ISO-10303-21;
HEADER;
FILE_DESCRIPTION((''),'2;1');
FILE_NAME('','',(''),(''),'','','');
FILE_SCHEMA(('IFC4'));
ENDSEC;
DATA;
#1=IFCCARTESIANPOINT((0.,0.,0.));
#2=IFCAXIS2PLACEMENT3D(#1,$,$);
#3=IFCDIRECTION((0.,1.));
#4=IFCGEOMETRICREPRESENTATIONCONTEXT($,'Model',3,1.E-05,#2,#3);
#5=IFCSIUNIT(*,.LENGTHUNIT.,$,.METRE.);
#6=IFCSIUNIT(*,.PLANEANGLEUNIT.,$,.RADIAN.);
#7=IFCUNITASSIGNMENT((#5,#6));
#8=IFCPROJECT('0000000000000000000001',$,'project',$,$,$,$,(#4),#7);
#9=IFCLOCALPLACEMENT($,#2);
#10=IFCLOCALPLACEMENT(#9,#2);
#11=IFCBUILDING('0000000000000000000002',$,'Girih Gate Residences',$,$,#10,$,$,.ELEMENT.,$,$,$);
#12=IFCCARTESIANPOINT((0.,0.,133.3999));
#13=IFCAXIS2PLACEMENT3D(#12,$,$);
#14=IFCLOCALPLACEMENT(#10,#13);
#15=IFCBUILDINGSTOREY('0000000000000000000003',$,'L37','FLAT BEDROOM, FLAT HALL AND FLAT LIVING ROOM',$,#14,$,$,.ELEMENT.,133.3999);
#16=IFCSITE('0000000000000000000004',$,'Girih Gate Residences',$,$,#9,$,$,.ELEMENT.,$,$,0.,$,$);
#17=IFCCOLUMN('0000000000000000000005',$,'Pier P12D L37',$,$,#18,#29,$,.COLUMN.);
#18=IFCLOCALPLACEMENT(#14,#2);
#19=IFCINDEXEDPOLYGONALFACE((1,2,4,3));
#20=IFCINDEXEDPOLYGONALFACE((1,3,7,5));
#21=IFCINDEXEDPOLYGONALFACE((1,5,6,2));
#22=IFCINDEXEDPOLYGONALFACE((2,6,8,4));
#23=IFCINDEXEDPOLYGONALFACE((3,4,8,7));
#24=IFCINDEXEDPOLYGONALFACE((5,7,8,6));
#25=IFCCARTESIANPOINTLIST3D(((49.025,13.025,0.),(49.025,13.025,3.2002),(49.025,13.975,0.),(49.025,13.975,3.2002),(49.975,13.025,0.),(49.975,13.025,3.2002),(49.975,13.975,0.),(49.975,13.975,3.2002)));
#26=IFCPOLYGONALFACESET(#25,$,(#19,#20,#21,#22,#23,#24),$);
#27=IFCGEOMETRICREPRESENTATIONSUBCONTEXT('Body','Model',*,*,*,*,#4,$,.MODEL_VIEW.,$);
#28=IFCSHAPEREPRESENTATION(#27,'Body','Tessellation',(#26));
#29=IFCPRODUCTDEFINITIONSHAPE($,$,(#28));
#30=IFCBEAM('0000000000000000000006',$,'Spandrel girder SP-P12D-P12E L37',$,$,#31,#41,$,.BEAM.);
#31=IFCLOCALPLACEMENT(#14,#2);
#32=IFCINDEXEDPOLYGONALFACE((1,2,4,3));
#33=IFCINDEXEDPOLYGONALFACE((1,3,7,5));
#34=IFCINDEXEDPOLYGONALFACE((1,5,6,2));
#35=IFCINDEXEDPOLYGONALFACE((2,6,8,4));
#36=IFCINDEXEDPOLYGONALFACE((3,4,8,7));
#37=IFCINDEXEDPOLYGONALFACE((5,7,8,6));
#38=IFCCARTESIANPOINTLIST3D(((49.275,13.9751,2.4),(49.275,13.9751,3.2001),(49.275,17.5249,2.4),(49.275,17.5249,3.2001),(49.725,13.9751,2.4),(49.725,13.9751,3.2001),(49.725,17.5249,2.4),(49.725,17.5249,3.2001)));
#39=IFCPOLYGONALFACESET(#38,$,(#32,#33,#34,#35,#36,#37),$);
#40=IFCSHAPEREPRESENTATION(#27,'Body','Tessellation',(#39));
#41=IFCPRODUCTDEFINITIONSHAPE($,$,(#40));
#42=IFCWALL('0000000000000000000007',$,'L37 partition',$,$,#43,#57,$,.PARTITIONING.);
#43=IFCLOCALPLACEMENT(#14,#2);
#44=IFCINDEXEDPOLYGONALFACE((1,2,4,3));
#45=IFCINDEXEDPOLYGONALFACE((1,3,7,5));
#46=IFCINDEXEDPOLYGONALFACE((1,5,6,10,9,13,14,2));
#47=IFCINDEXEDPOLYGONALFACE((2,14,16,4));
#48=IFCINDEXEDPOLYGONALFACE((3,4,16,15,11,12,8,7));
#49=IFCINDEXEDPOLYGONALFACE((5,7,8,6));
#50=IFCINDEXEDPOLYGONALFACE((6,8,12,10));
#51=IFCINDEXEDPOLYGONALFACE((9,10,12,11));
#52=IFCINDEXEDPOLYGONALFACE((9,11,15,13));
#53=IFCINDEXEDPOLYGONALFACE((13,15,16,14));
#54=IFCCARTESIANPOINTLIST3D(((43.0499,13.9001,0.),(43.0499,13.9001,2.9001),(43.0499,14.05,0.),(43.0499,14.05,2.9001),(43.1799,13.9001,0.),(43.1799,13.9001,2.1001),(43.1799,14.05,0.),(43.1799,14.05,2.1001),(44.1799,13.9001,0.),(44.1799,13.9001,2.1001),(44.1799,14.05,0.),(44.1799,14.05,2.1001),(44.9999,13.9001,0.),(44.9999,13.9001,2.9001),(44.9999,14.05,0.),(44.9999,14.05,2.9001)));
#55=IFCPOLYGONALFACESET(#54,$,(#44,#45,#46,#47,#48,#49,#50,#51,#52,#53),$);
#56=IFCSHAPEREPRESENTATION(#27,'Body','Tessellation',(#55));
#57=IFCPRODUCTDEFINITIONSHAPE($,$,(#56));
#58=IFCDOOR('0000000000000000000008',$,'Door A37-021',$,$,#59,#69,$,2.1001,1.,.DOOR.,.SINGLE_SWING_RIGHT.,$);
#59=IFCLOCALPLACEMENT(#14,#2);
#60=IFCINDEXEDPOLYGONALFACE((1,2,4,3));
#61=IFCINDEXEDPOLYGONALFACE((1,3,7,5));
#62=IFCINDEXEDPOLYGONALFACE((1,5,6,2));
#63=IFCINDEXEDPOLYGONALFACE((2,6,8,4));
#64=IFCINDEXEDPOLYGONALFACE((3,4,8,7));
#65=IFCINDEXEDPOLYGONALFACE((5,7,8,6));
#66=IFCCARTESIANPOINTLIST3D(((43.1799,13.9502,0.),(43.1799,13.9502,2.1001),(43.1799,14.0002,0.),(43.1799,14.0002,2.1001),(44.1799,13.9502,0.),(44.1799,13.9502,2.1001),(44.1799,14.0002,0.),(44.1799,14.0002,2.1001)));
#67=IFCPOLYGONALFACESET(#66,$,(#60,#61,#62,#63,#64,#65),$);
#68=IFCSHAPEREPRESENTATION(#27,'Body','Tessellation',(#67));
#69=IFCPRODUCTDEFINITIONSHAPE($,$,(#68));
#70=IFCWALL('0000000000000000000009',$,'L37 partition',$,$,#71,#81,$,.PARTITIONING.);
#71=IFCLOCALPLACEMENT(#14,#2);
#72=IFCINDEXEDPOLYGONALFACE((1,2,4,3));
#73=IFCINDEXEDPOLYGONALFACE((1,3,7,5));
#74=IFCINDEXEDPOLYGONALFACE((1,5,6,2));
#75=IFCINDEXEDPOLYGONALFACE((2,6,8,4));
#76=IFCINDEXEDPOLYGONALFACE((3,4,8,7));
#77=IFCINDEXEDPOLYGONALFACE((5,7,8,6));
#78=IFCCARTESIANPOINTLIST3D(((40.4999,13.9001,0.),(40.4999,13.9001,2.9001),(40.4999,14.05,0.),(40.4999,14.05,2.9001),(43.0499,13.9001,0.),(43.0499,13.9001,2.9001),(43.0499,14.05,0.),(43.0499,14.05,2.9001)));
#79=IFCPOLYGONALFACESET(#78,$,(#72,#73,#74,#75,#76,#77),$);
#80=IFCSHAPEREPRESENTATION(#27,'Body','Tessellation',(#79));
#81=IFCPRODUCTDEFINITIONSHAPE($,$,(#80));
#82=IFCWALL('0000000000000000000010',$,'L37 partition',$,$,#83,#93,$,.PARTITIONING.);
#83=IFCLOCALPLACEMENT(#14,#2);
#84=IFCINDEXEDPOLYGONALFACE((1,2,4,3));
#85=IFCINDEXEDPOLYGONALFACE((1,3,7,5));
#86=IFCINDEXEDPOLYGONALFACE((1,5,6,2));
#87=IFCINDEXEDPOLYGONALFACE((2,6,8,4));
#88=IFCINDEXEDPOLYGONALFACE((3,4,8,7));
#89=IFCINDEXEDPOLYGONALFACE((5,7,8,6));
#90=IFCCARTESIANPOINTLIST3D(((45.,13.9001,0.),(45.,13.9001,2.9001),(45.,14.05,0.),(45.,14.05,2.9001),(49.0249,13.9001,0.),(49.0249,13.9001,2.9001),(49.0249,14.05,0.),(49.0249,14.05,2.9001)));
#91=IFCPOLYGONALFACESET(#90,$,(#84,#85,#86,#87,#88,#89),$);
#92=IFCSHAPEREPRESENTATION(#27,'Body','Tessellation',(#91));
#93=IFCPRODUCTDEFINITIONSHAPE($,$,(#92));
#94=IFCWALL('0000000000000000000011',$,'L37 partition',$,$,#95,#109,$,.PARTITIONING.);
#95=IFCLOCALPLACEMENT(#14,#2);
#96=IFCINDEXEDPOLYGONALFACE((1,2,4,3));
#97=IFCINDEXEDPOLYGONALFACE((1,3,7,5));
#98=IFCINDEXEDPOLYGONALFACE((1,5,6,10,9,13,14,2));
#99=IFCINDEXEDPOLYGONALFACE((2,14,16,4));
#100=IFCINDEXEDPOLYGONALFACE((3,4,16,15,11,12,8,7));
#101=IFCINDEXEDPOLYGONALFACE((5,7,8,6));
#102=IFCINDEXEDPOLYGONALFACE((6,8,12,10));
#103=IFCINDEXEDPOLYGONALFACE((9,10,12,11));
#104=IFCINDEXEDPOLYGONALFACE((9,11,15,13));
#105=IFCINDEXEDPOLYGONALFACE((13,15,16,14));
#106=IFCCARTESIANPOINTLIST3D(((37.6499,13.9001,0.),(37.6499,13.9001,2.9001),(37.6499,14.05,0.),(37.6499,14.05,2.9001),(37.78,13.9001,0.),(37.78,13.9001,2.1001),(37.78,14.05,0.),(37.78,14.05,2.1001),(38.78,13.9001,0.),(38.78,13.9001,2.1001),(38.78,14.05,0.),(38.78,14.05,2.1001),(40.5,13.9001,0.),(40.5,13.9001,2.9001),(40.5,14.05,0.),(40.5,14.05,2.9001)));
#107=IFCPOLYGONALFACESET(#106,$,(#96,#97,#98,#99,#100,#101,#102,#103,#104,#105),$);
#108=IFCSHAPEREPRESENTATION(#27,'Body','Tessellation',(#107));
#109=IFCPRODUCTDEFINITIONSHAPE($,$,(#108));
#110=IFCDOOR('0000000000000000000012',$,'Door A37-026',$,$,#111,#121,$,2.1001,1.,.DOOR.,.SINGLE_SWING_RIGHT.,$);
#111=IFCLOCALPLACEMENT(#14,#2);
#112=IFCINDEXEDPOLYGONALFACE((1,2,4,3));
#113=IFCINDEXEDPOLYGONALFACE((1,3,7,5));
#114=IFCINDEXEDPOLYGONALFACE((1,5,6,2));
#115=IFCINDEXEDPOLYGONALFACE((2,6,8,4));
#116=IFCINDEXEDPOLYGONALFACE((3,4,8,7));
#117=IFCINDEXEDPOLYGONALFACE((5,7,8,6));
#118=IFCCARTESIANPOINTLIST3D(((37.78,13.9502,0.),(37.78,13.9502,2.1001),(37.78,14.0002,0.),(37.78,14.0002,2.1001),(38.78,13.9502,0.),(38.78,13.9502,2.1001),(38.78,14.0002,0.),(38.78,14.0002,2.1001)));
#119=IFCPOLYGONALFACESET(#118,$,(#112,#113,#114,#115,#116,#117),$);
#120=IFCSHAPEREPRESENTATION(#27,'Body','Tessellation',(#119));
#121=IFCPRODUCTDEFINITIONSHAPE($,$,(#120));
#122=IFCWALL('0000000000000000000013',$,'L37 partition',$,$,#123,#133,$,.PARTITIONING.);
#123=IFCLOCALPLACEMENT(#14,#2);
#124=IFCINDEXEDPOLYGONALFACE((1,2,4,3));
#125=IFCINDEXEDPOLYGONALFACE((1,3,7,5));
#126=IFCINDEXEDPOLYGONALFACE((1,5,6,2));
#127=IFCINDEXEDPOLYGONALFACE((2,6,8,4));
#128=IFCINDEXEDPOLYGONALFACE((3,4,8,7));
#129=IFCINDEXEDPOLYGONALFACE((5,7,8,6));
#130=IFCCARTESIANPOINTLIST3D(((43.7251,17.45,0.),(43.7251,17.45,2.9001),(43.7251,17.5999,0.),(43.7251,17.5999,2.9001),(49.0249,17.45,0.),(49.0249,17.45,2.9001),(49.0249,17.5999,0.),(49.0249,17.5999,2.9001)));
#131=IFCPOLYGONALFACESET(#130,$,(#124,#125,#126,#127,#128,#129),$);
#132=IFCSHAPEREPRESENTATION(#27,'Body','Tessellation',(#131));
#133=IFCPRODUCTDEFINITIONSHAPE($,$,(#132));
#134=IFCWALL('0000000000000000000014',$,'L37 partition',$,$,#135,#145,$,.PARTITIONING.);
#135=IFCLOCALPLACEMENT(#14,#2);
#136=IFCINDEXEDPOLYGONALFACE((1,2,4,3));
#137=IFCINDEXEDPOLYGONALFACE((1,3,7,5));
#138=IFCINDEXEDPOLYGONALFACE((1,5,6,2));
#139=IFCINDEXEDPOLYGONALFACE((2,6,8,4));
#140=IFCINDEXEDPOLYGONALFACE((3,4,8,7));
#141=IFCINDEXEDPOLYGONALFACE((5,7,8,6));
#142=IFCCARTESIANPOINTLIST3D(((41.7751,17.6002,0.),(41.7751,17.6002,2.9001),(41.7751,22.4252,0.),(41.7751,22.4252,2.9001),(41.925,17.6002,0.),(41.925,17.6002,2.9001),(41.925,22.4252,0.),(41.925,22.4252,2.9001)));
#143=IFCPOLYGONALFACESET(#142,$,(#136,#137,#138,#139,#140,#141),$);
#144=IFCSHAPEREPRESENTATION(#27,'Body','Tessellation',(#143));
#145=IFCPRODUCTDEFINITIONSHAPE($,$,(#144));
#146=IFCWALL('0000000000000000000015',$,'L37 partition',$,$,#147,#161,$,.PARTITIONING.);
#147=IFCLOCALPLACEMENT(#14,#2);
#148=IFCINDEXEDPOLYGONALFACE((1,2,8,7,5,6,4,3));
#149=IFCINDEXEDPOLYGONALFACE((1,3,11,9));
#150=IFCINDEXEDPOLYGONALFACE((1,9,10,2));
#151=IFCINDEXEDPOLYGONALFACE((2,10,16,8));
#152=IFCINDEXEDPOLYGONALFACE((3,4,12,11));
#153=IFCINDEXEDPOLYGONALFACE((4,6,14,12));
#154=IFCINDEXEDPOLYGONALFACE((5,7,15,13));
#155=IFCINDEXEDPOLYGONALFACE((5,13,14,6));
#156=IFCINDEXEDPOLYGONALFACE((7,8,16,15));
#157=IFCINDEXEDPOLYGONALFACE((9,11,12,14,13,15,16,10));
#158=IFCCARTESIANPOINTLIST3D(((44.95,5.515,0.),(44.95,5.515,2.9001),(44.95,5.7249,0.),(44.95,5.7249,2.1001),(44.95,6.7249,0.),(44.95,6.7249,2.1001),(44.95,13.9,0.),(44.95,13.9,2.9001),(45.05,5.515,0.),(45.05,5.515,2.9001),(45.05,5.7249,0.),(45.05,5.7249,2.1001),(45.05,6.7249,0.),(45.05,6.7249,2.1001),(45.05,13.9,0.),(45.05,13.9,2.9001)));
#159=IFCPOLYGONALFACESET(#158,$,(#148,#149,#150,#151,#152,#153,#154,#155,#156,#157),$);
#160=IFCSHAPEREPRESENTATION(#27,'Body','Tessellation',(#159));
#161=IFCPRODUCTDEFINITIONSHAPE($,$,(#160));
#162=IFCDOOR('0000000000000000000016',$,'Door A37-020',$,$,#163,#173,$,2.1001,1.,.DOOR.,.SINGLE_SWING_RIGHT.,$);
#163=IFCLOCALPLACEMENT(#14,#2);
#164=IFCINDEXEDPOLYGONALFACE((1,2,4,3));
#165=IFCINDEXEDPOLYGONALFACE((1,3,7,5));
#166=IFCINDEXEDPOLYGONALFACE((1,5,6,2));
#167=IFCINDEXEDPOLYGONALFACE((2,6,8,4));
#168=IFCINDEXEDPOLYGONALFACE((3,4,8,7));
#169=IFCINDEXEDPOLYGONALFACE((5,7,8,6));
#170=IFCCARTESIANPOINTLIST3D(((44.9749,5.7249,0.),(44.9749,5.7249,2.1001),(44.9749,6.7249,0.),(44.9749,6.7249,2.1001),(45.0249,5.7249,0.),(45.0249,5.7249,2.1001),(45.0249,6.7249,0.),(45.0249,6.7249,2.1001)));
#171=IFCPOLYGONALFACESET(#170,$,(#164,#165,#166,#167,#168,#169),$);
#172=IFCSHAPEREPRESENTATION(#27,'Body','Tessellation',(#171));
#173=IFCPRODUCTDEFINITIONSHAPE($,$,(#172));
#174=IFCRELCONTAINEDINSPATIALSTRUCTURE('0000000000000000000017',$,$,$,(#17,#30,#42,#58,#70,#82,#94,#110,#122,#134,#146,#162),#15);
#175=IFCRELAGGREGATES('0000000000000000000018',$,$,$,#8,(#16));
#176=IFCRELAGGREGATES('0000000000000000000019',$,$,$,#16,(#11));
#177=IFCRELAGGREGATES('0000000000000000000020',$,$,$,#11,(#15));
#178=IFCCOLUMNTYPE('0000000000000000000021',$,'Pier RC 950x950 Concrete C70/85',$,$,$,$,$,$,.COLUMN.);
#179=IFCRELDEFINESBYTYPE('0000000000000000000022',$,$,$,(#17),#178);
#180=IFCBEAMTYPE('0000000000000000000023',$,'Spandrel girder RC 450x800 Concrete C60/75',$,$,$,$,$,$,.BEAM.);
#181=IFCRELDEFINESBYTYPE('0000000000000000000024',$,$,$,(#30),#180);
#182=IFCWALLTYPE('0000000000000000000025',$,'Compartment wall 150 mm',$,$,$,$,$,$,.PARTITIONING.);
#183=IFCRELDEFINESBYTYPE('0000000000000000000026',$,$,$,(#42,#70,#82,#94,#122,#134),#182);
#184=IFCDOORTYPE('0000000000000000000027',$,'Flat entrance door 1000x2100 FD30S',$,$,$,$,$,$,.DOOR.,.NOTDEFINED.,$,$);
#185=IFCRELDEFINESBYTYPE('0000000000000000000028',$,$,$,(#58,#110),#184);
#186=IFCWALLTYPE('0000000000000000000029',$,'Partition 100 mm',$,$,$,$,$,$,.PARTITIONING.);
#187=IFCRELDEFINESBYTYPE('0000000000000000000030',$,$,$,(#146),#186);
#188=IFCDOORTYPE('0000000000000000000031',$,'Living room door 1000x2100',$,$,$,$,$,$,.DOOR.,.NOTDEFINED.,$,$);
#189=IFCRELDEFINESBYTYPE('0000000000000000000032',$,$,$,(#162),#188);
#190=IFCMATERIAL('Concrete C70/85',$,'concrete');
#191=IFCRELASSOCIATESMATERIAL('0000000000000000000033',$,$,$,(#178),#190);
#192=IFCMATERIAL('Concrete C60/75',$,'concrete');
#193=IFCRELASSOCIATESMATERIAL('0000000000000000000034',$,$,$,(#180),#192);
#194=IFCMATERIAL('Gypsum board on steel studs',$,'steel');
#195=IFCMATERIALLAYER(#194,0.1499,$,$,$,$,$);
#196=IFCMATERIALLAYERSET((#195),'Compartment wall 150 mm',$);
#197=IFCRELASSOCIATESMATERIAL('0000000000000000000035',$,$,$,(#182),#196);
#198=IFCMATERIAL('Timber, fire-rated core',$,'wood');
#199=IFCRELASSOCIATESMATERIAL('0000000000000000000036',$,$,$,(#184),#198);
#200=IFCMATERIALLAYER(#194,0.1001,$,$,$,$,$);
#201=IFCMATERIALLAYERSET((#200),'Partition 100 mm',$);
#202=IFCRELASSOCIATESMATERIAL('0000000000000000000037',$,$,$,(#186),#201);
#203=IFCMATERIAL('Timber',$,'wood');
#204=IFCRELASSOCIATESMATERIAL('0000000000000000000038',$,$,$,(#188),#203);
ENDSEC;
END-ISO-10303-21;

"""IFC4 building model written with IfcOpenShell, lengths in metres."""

from ifc_helpers import new_model, si_unit, direction, frame, frame_2d, origin, origin_2d, place, context, subcontext, project, spatial, rectangle, extrude, material, layer, layer_set, material_profile, profile_set, type_object, element, fill, save


model = new_model("IFC4")

# Units and contexts
model_context = context("Model", 3, precision=1e-05, world=origin(), true_north=direction((0.0, 1.0)))
body_context = subcontext(model_context, "Body", "Model", "MODEL_VIEW")
ifc_project = project(units=[si_unit("LENGTHUNIT", "METRE"), si_unit("PLANEANGLEUNIT", "RADIAN")], contexts=[model_context])

# Site, building, storey
site_placement = place(None, origin())
site = spatial("IfcSite", under=ifc_project, at=site_placement, Name="Girih Gate Residences", CompositionType="ELEMENT", RefElevation=0.0)
building_placement = place(site_placement, origin())
building = spatial("IfcBuilding", under=site, at=building_placement, Name="Girih Gate Residences", CompositionType="ELEMENT")
storey_placement = place(building_placement, frame((0.0, 0.0, 133.3999)))
storey = spatial("IfcBuildingStorey", under=building, at=storey_placement, Name="L37", Description="FLAT BEDROOM, FLAT HALL AND FLAT LIVING ROOM", CompositionType="ELEMENT", Elevation=133.3999)

# Column
ifc_material_1 = material(Name="Concrete C70/85", Category="concrete")
ifc_material_profile_1 = material_profile(ifc_material_1, rectangle(XDim=0.95, YDim=0.95, at=origin_2d()))
ifc_profile_set_1 = profile_set([ifc_material_profile_1], Name="Concrete C70/85")
column_type = type_object("IfcColumnType", Name="Pier RC 950x950 Concrete C70/85", PredefinedType="COLUMN", material=ifc_profile_set_1)
column_placement = place(storey_placement, frame((49.5, 13.5, 0.0), z_axis=(0.0, 0.0, 1.0), x_axis=(1.0, 0.0, 0.0)))
element("IfcColumn", 1, at=column_placement, inside=storey, type_object=column_type, Name="Pier P12D L37", PredefinedType="COLUMN", context=body_context, shape_type="SweptSolid", body=[
    extrude(rectangle(XDim=0.95, YDim=0.95, at=origin_2d()), origin(), (0.0, 0.0, 1.0), 3.2002),
])

# Beam
ifc_material_2 = material(Name="Concrete C60/75", Category="concrete")
ifc_material_profile_2 = material_profile(ifc_material_2, rectangle(XDim=0.45, YDim=0.8, at=origin_2d()))
ifc_profile_set_2 = profile_set([ifc_material_profile_2], Name="Concrete C60/75")
beam_type = type_object("IfcBeamType", Name="Spandrel girder RC 450x800 Concrete C60/75", PredefinedType="BEAM", material=ifc_profile_set_2)
beam_placement = place(storey_placement, frame((49.5, 13.9751, 2.8), z_axis=(0.0, 1.0, 0.0), x_axis=(-1.0, 0.0, 0.0)))
element("IfcBeam", 2, at=beam_placement, inside=storey, type_object=beam_type, Name="Spandrel girder SP-P12D-P12E L37", PredefinedType="BEAM", context=body_context, shape_type="SweptSolid", body=[
    extrude(rectangle(XDim=0.45, YDim=0.8, at=origin_2d()), origin(), (0.0, 0.0, 1.0), 3.5498),
])

# Wall, opening, door
ifc_material_3 = material(Name="Gypsum board on steel studs", Category="steel")
ifc_layer_1 = layer(ifc_material_3, 0.1499)
ifc_layer_set_1 = layer_set([ifc_layer_1], Name="Compartment wall 150 mm")
wall_type_1 = type_object("IfcWallType", Name="Compartment wall 150 mm", PredefinedType="PARTITIONING", material=ifc_layer_set_1)
wall_1_placement = place(storey_placement, frame((45.0, 13.9751, 0.0), z_axis=(0.0, 0.0, 1.0), x_axis=(-1.0, 0.0, 0.0)))
wall_1 = element("IfcWall", 3, at=wall_1_placement, inside=storey, type_object=wall_type_1, Name="L37 partition", PredefinedType="PARTITIONING", context=body_context, shape_type="SweptSolid", body=[
    extrude(rectangle(XDim=1.95, YDim=0.1499, at=frame_2d((0.9751, 0.0))), origin(), (0.0, 0.0, 1.0), 2.9001),
])
opening_1_placement = place(wall_1_placement, frame((0.8201, 0.0, 0.0)))
opening_1 = element("IfcOpeningElement", 4, at=opening_1_placement, cuts=wall_1, PredefinedType="OPENING", context=body_context, shape_type="SweptSolid", body=[
    extrude(rectangle(XDim=1.0, YDim=2.1001, at=frame_2d((0.5, 1.05))), frame((0.0, 0.085, 0.0), z_axis=(0.0, -1.0, 0.0), x_axis=(1.0, 0.0, 0.0)), (0.0, 0.0, 1.0), 0.1699),
])
ifc_material_4 = material(Name="Timber, fire-rated core", Category="wood")
door_type_1 = type_object("IfcDoorType", Name="Flat entrance door 1000x2100 FD30S", OperationType="NOTDEFINED", PredefinedType="DOOR", material=ifc_material_4)
door_1_placement = place(opening_1_placement, origin())
door_1 = element("IfcDoor", 5, at=door_1_placement, inside=storey, type_object=door_type_1, Name="Door A37-021", OperationType="SINGLE_SWING_RIGHT", OverallHeight=2.1001, OverallWidth=1.0, PredefinedType="DOOR", context=body_context, shape_type="SweptSolid", body=[
    extrude(rectangle(XDim=1.0, YDim=2.1001, at=frame_2d((0.5, 1.05))), frame((0.0, 0.0249, 0.0), z_axis=(0.0, -1.0, 0.0), x_axis=(1.0, 0.0, 0.0)), (0.0, 0.0, 1.0), 0.05),
])
fill(opening_1, door_1)

# Walls
wall_2_placement = place(storey_placement, frame((40.5, 13.9751, 0.0), z_axis=(0.0, 0.0, 1.0), x_axis=(1.0, 0.0, 0.0)))
element("IfcWall", 6, at=wall_2_placement, inside=storey, type_object=wall_type_1, Name="L37 partition", PredefinedType="PARTITIONING", context=body_context, shape_type="SweptSolid", body=[
    extrude(rectangle(XDim=2.55, YDim=0.1499, at=frame_2d((1.2749, 0.0))), origin(), (0.0, 0.0, 1.0), 2.9001),
])
wall_3_placement = place(storey_placement, frame((45.0, 13.9751, 0.0), z_axis=(0.0, 0.0, 1.0), x_axis=(1.0, 0.0, 0.0)))
element("IfcWall", 7, at=wall_3_placement, inside=storey, type_object=wall_type_1, Name="L37 partition", PredefinedType="PARTITIONING", context=body_context, shape_type="SweptSolid", body=[
    extrude(rectangle(XDim=4.0249, YDim=0.1499, at=frame_2d((2.0125, 0.0))), origin(), (0.0, 0.0, 1.0), 2.9001),
])

# Wall, opening, door
wall_4_placement = place(storey_placement, frame((40.5, 13.9751, 0.0), z_axis=(0.0, 0.0, 1.0), x_axis=(-1.0, 0.0, 0.0)))
wall_4 = element("IfcWall", 8, at=wall_4_placement, inside=storey, type_object=wall_type_1, Name="L37 partition", PredefinedType="PARTITIONING", context=body_context, shape_type="SweptSolid", body=[
    extrude(rectangle(XDim=2.8501, YDim=0.1499, at=frame_2d((1.425, 0.0))), origin(), (0.0, 0.0, 1.0), 2.9001),
])
opening_2_placement = place(wall_4_placement, frame((1.72, 0.0, 0.0)))
opening_2 = element("IfcOpeningElement", 9, at=opening_2_placement, cuts=wall_4, PredefinedType="OPENING", context=body_context, shape_type="SweptSolid", body=[
    extrude(rectangle(XDim=1.0, YDim=2.1001, at=frame_2d((0.5, 1.05))), frame((0.0, 0.085, 0.0), z_axis=(0.0, -1.0, 0.0), x_axis=(1.0, 0.0, 0.0)), (0.0, 0.0, 1.0), 0.1699),
])
door_2_placement = place(opening_2_placement, origin())
door_2 = element("IfcDoor", 10, at=door_2_placement, inside=storey, type_object=door_type_1, Name="Door A37-026", OperationType="SINGLE_SWING_RIGHT", OverallHeight=2.1001, OverallWidth=1.0, PredefinedType="DOOR", context=body_context, shape_type="SweptSolid", body=[
    extrude(rectangle(XDim=1.0, YDim=2.1001, at=frame_2d((0.5, 1.05))), frame((0.0, 0.0249, 0.0), z_axis=(0.0, -1.0, 0.0), x_axis=(1.0, 0.0, 0.0)), (0.0, 0.0, 1.0), 0.05),
])
fill(opening_2, door_2)

# Walls
wall_5_placement = place(storey_placement, frame((43.7251, 17.5249, 0.0), z_axis=(0.0, 0.0, 1.0), x_axis=(1.0, 0.0, 0.0)))
element("IfcWall", 11, at=wall_5_placement, inside=storey, type_object=wall_type_1, Name="L37 partition", PredefinedType="PARTITIONING", context=body_context, shape_type="SweptSolid", body=[
    extrude(rectangle(XDim=5.2998, YDim=0.1499, at=frame_2d((2.6499, 0.0))), origin(), (0.0, 0.0, 1.0), 2.9001),
])
wall_6_placement = place(storey_placement, frame((41.8501, 17.6001, 0.0), z_axis=(0.0, 0.0, 1.0), x_axis=(0.0, 1.0, 0.0)))
element("IfcWall", 12, at=wall_6_placement, inside=storey, type_object=wall_type_1, Name="L37 partition", PredefinedType="PARTITIONING", context=body_context, shape_type="SweptSolid", body=[
    extrude(rectangle(XDim=4.825, YDim=0.1499, at=frame_2d((2.4126, 0.0))), origin(), (0.0, 0.0, 1.0), 2.9001),
])

# Wall, opening, door
ifc_layer_2 = layer(ifc_material_3, 0.1001)
ifc_layer_set_2 = layer_set([ifc_layer_2], Name="Partition 100 mm")
wall_type_2 = type_object("IfcWallType", Name="Partition 100 mm", PredefinedType="PARTITIONING", material=ifc_layer_set_2)
wall_7_placement = place(storey_placement, frame((45.0, 13.8999, 0.0), z_axis=(0.0, 0.0, 1.0), x_axis=(0.0, -1.0, 0.0)))
wall_7 = element("IfcWall", 13, at=wall_7_placement, inside=storey, type_object=wall_type_2, Name="L37 partition", PredefinedType="PARTITIONING", context=body_context, shape_type="SweptSolid", body=[
    extrude(rectangle(XDim=8.385, YDim=0.1001, at=frame_2d((4.1924, 0.0))), origin(), (0.0, 0.0, 1.0), 2.9001),
])
opening_3_placement = place(wall_7_placement, frame((7.175, 0.0, 0.0)))
opening_3 = element("IfcOpeningElement", 14, at=opening_3_placement, cuts=wall_7, PredefinedType="OPENING", context=body_context, shape_type="SweptSolid", body=[
    extrude(rectangle(XDim=1.0, YDim=2.1001, at=frame_2d((0.5, 1.05))), frame((0.0, 0.0601, 0.0), z_axis=(0.0, -1.0, 0.0), x_axis=(1.0, 0.0, 0.0)), (0.0, 0.0, 1.0), 0.1201),
])
ifc_material_5 = material(Name="Timber", Category="wood")
door_type_2 = type_object("IfcDoorType", Name="Living room door 1000x2100", OperationType="NOTDEFINED", PredefinedType="DOOR", material=ifc_material_5)
door_3_placement = place(opening_3_placement, origin())
door_3 = element("IfcDoor", 15, at=door_3_placement, inside=storey, type_object=door_type_2, Name="Door A37-020", OperationType="SINGLE_SWING_RIGHT", OverallHeight=2.1001, OverallWidth=1.0, PredefinedType="DOOR", context=body_context, shape_type="SweptSolid", body=[
    extrude(rectangle(XDim=1.0, YDim=2.1001, at=frame_2d((0.5, 1.05))), frame((0.0, 0.0249, 0.0), z_axis=(0.0, -1.0, 0.0), x_axis=(1.0, 0.0, 0.0)), (0.0, 0.0, 1.0), 0.05),
])
fill(opening_3, door_3)

save(model, "model.ifc")
